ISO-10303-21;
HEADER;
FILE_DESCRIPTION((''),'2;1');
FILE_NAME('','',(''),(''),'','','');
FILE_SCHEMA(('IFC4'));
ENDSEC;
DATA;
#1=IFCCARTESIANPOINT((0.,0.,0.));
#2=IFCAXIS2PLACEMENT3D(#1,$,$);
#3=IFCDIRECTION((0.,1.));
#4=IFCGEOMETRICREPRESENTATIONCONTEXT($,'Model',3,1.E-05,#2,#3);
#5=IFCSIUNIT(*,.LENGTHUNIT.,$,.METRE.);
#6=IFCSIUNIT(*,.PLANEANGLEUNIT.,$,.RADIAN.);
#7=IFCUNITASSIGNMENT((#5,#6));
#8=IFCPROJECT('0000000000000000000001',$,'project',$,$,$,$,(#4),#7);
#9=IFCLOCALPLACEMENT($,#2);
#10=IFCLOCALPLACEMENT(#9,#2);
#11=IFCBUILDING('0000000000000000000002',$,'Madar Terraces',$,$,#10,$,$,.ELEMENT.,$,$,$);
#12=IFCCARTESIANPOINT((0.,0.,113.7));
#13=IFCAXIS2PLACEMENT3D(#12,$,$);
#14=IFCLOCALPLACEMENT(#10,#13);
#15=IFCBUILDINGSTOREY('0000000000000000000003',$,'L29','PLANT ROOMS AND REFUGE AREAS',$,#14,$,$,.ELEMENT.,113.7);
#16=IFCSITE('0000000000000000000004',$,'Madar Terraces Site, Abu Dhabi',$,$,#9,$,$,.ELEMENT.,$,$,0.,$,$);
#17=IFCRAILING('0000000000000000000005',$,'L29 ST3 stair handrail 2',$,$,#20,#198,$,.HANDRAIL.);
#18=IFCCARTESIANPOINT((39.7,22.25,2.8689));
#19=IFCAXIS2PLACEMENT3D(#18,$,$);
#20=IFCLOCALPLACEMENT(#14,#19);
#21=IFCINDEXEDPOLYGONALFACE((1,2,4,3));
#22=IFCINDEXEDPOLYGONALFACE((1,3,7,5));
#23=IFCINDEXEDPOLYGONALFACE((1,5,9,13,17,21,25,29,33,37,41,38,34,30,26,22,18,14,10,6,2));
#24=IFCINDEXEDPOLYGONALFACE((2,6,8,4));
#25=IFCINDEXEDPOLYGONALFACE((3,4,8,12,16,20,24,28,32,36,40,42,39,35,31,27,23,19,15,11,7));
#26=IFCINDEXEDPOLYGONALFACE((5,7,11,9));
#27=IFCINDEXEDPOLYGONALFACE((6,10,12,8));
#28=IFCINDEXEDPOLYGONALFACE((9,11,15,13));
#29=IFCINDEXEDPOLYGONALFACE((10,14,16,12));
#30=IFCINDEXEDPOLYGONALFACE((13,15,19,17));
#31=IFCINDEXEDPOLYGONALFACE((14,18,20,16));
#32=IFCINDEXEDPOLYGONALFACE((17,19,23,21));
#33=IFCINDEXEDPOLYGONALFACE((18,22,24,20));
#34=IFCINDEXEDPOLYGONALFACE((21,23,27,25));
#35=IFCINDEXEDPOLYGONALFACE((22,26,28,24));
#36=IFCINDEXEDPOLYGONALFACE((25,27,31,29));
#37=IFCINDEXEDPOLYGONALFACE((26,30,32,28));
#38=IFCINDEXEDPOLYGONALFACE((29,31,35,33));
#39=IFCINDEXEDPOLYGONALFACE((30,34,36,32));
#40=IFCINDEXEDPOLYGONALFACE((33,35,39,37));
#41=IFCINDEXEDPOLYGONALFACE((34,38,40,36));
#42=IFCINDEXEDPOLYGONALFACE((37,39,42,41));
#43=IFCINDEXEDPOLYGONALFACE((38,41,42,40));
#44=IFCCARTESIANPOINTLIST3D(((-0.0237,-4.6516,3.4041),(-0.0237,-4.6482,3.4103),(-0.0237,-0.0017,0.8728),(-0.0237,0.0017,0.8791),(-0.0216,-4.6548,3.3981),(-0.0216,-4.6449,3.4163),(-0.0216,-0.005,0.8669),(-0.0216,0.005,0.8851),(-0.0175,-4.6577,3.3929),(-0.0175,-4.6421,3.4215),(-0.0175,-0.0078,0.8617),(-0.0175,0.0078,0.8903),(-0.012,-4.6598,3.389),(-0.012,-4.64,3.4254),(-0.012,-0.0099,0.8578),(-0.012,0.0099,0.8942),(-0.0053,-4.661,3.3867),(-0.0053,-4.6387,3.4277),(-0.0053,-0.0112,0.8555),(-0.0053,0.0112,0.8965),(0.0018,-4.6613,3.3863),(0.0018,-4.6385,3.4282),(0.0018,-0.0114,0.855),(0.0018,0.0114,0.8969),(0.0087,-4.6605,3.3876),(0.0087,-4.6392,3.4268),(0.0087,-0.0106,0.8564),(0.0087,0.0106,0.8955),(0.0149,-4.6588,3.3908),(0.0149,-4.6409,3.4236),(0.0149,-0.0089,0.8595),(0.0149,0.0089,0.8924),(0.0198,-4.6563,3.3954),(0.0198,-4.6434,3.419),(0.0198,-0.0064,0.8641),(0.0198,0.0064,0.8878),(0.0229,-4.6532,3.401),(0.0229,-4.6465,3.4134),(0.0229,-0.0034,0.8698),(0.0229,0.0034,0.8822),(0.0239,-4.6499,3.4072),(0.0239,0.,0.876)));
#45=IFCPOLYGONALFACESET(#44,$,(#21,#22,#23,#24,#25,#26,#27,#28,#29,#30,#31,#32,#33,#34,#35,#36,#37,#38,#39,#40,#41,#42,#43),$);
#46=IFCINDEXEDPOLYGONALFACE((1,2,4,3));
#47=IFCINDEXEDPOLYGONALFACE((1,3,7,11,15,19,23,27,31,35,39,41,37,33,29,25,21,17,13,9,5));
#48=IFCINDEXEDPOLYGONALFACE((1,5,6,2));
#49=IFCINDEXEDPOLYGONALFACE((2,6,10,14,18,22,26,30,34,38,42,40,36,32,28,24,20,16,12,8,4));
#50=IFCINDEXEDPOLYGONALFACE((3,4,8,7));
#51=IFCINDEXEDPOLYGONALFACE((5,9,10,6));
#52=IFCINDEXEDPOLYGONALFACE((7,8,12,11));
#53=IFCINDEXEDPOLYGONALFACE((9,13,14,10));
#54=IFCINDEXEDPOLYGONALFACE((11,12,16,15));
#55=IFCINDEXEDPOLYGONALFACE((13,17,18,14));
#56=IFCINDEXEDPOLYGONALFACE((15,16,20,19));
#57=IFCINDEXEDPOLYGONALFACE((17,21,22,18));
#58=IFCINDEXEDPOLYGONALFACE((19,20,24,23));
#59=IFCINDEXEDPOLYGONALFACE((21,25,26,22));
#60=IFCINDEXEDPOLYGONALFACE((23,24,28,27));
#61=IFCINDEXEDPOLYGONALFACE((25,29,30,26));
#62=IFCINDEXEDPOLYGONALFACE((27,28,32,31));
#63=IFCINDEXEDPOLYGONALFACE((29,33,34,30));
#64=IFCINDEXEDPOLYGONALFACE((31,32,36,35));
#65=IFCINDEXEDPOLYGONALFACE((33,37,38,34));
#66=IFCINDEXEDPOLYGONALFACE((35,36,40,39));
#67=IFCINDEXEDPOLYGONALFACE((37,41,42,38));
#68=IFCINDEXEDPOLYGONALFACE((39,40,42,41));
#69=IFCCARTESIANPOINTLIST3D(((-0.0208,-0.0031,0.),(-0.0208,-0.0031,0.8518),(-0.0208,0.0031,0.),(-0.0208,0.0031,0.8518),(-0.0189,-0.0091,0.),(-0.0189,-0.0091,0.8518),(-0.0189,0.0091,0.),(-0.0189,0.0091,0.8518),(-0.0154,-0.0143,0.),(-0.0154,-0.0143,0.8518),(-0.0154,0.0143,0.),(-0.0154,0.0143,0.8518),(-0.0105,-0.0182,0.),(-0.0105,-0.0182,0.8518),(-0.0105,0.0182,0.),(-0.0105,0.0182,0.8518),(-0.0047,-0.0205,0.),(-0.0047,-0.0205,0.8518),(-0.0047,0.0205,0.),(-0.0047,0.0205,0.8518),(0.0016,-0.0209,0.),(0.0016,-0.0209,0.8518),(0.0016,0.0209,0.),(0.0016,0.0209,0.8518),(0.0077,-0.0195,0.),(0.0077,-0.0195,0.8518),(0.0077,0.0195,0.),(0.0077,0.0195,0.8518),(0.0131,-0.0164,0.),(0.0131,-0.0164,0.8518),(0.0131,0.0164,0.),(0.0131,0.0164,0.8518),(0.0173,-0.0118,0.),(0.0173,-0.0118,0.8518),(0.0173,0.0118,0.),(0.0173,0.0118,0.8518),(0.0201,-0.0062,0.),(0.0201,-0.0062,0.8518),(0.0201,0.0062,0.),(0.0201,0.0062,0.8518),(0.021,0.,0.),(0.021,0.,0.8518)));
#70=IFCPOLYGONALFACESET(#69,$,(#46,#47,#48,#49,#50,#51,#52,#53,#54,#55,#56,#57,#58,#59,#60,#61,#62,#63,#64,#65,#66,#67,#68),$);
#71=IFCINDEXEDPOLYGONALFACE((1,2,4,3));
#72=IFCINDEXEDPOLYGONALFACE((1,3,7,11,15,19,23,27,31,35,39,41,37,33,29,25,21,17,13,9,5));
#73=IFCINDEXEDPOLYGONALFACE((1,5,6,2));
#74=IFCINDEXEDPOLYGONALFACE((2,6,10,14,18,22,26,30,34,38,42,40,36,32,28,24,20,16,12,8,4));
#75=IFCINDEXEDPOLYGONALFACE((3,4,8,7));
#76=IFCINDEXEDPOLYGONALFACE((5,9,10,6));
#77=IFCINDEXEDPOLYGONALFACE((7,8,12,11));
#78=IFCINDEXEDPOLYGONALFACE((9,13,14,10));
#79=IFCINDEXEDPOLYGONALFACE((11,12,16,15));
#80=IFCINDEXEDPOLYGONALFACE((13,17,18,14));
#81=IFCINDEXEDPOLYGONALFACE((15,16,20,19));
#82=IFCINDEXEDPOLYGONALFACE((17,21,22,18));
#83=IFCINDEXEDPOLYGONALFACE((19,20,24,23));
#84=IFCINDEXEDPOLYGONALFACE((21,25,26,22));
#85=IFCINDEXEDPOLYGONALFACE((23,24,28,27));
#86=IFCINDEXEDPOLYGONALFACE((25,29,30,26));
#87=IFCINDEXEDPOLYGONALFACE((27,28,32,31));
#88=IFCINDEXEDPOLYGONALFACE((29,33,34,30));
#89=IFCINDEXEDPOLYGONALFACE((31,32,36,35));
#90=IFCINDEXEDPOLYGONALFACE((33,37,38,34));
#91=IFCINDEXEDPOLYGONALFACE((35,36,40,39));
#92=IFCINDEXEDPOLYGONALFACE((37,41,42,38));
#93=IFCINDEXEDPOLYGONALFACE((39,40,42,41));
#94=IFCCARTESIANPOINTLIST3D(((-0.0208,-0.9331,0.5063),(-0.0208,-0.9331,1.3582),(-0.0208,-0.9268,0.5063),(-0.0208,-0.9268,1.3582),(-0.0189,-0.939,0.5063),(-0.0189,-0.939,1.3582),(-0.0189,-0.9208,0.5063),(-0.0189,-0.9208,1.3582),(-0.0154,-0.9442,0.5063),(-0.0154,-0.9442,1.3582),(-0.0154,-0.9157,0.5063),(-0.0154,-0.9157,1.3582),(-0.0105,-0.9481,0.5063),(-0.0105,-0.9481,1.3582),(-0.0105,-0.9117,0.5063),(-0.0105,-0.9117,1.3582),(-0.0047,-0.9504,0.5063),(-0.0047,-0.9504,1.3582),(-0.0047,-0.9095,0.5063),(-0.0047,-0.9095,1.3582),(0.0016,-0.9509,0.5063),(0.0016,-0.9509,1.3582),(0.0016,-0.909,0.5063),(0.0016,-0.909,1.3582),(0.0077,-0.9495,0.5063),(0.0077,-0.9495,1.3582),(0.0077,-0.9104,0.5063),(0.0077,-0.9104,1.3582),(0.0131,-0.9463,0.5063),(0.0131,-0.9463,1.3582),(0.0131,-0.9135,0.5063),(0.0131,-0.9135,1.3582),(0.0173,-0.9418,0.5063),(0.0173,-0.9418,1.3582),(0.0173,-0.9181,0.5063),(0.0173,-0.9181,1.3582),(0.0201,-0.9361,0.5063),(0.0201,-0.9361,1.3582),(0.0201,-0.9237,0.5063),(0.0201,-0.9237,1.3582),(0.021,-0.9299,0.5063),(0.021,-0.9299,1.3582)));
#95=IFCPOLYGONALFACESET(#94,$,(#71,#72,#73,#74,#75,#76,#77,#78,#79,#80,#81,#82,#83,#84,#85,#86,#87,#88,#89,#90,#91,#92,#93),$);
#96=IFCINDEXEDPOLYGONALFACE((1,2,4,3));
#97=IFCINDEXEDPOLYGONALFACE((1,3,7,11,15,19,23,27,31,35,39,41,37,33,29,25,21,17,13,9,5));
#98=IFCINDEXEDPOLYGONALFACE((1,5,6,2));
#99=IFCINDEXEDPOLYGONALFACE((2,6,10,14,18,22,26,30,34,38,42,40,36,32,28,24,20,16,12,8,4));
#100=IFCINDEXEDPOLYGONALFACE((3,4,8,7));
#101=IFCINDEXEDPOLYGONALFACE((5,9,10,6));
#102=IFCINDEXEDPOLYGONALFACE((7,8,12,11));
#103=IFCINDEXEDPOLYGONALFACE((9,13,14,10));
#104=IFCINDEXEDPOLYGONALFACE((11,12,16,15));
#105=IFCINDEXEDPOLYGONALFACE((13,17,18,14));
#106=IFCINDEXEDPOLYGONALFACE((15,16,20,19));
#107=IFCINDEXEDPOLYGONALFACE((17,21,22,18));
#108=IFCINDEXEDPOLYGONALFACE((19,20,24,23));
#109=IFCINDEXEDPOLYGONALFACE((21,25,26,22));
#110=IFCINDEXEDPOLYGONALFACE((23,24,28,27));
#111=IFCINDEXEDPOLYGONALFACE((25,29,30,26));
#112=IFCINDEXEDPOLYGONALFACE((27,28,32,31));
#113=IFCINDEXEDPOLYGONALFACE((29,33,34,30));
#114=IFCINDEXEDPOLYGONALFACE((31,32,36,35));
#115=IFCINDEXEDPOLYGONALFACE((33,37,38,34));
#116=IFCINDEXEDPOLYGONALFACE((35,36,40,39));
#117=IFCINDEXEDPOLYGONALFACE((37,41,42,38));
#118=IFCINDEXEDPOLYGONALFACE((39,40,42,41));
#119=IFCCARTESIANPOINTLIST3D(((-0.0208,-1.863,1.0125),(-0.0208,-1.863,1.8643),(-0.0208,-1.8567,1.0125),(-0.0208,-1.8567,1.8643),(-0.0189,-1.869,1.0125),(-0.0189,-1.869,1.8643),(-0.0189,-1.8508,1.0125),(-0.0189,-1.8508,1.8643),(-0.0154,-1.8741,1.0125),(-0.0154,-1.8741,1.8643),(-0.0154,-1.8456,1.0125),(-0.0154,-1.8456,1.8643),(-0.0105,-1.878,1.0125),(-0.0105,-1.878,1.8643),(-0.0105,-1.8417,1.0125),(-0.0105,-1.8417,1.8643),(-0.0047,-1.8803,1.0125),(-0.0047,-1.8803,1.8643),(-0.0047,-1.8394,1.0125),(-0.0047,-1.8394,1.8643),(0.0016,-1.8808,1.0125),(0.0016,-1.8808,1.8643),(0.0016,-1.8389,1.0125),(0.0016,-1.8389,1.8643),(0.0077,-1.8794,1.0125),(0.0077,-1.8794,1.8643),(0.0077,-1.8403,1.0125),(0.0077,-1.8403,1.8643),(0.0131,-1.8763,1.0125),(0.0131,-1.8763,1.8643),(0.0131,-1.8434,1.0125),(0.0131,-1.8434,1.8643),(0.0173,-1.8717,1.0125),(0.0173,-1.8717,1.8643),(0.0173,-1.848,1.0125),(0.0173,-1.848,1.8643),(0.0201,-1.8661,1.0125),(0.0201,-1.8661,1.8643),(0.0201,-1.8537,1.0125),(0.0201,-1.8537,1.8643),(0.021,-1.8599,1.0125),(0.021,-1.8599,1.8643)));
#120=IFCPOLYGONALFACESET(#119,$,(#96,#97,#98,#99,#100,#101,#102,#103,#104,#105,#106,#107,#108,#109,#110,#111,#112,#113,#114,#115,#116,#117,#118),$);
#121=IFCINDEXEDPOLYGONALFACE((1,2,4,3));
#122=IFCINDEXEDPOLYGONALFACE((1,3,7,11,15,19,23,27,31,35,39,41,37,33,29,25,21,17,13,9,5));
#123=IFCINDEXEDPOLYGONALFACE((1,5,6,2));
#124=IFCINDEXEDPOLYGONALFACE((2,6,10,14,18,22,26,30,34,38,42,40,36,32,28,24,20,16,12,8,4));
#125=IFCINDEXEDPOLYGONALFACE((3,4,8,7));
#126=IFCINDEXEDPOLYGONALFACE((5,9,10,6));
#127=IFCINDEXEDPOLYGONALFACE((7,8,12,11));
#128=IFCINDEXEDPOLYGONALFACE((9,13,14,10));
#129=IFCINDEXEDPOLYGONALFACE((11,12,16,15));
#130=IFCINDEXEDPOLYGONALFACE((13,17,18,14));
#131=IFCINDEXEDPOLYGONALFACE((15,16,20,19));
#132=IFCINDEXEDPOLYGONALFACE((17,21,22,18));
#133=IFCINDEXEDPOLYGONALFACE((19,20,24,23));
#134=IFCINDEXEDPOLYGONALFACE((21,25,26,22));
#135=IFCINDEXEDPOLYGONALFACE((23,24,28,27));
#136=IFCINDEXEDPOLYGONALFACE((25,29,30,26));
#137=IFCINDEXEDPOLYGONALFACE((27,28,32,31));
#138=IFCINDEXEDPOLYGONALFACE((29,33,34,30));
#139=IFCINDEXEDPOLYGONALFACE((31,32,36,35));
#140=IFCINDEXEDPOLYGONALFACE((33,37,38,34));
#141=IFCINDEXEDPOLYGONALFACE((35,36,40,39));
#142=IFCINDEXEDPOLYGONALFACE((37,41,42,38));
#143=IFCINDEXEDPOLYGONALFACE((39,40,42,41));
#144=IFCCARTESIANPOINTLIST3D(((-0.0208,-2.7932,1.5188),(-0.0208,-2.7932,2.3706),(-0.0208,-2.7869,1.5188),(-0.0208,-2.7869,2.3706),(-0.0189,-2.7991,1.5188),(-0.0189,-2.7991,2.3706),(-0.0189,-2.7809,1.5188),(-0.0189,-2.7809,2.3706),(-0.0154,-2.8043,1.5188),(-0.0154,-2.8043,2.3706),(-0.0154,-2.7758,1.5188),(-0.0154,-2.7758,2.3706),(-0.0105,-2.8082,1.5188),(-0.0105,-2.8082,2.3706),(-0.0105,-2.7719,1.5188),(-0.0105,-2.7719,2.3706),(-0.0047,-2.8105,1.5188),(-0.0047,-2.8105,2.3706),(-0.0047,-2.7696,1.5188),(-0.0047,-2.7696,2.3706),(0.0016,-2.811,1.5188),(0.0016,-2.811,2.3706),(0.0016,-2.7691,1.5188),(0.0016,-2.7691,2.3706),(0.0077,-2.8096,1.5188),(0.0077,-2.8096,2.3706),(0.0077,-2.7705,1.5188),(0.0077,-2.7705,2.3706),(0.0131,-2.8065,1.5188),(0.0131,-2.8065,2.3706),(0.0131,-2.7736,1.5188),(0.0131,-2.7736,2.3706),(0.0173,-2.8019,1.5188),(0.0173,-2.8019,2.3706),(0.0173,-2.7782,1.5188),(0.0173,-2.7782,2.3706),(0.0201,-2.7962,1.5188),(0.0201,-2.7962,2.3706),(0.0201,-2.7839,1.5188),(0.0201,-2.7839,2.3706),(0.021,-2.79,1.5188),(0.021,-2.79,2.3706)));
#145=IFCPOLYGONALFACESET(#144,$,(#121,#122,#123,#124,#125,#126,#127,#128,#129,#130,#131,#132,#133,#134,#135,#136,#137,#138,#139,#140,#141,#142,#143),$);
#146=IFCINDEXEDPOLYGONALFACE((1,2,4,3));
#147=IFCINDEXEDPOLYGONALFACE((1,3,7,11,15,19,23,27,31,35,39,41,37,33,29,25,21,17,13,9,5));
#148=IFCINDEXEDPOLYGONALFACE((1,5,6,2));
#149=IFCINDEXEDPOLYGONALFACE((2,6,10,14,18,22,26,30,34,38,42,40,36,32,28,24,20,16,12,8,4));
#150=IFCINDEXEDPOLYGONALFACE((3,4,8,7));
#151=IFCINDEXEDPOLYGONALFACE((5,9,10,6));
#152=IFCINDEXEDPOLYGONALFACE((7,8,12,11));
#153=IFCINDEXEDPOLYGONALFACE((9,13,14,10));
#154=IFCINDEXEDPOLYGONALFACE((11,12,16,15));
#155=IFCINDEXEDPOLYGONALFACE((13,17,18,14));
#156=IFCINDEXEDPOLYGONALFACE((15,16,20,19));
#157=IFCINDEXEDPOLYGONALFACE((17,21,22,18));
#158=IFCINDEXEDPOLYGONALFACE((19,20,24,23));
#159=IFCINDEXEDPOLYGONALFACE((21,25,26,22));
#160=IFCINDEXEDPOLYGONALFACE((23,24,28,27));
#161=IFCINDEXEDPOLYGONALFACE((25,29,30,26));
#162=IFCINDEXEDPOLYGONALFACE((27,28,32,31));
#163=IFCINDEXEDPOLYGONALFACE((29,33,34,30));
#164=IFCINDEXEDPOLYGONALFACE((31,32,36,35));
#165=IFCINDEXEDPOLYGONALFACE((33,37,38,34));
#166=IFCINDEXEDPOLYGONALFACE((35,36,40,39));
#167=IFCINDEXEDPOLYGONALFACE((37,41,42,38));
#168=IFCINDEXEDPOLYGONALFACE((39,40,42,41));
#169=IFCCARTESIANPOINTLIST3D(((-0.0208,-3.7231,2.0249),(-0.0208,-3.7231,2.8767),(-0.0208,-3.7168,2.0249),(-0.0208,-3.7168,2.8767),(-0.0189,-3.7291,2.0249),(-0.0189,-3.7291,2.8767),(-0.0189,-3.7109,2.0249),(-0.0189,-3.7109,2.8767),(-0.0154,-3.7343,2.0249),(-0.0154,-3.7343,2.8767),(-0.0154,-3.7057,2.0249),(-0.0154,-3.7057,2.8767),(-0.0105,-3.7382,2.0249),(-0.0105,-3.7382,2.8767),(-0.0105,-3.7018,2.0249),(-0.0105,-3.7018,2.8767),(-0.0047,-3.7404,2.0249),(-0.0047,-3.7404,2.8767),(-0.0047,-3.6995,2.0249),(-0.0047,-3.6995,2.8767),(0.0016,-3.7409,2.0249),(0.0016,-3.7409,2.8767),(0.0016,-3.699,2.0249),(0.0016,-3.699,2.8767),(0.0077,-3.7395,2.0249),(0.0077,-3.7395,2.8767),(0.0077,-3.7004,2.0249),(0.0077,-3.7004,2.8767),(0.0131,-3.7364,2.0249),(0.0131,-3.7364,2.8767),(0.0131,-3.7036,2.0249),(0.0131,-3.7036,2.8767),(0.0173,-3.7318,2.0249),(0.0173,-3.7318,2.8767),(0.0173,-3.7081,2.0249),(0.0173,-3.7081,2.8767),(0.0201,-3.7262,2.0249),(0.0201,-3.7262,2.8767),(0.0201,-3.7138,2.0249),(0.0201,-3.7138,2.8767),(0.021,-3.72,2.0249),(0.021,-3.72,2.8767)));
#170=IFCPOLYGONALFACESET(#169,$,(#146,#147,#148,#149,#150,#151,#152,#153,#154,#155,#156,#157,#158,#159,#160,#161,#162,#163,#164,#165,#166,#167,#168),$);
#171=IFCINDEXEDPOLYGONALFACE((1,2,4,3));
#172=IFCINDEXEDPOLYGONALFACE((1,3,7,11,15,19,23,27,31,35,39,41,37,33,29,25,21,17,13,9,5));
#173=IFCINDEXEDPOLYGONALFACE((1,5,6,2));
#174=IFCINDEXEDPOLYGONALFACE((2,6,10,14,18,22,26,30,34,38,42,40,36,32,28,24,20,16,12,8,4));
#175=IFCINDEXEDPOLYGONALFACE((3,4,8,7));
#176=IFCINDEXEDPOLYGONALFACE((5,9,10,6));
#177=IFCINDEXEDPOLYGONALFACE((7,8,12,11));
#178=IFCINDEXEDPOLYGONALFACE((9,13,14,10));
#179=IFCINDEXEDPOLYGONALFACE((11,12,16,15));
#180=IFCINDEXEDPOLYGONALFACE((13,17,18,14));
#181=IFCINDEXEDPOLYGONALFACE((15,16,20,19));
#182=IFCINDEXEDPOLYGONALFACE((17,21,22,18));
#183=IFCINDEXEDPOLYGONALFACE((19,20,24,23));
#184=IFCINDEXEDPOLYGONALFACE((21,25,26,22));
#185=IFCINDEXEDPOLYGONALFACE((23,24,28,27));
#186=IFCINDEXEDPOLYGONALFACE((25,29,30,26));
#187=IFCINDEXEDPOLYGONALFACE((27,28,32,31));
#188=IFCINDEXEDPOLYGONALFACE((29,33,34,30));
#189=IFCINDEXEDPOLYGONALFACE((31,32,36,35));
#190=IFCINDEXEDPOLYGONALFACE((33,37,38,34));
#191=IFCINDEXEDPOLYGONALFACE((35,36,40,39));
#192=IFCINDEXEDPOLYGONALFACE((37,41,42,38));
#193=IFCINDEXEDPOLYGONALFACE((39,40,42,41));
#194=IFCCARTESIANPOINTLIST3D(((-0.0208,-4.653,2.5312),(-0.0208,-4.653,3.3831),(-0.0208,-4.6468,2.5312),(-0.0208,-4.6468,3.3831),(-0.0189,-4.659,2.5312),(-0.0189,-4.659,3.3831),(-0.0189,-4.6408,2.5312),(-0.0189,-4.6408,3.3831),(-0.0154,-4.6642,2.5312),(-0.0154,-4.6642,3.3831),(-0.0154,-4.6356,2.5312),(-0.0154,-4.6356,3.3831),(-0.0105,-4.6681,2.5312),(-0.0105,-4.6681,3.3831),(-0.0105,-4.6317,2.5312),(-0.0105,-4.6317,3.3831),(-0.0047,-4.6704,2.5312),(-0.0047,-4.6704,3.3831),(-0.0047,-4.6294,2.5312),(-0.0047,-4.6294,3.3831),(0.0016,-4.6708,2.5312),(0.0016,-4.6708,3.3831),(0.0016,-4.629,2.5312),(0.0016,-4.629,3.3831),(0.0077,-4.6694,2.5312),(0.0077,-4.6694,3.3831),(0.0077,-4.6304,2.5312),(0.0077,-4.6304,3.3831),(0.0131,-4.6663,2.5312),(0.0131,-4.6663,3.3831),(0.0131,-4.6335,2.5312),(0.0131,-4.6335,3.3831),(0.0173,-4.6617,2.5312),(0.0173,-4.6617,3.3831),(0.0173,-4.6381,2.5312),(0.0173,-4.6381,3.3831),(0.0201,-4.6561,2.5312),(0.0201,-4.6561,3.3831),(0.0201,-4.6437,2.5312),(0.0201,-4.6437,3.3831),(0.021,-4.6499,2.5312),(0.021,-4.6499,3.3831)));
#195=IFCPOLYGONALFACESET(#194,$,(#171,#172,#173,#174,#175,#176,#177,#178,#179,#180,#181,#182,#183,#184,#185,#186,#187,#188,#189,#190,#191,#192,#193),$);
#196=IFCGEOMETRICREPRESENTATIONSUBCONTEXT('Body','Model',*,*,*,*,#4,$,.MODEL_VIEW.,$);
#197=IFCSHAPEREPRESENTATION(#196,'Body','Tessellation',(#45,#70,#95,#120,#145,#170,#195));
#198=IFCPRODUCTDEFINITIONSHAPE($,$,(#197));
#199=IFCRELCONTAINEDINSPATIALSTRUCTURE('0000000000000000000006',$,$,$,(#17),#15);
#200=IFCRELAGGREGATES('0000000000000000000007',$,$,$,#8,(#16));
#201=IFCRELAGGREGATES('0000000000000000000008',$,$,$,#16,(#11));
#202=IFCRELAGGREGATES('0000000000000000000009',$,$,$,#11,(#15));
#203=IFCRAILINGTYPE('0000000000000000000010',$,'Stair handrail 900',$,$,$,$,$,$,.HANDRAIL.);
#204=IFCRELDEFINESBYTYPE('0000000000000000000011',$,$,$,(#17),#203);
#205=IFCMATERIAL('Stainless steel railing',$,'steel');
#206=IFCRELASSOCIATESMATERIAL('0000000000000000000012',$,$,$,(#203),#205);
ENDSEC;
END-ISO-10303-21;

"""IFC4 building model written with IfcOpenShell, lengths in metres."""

from ifc_helpers import new_model, si_unit, direction, frame, origin, origin_2d, place, context, subcontext, project, spatial, circle, extrude, material, type_object, element, save


model = new_model("IFC4")

# Units and contexts
model_context = context("Model", 3, precision=1e-05, world=origin(), true_north=direction((0.0, 1.0)))
body_context = subcontext(model_context, "Body", "Model", "MODEL_VIEW")
ifc_project = project(units=[si_unit("LENGTHUNIT", "METRE"), si_unit("PLANEANGLEUNIT", "RADIAN")], contexts=[model_context])

# Site, building, storey
site_placement = place(None, origin())
site = spatial("IfcSite", under=ifc_project, at=site_placement, Name="Madar Terraces Site, Abu Dhabi", CompositionType="ELEMENT", RefElevation=0.0)
building_placement = place(site_placement, origin())
building = spatial("IfcBuilding", under=site, at=building_placement, Name="Madar Terraces", CompositionType="ELEMENT")
storey_placement = place(building_placement, frame((0.0, 0.0, 113.7)))
storey = spatial("IfcBuildingStorey", under=building, at=storey_placement, Name="L29", Description="PLANT ROOMS AND REFUGE AREAS", CompositionType="ELEMENT", Elevation=113.7)

# Railing
ifc_material_1 = material(Name="Stainless steel railing", Category="steel")
railing_type_1 = type_object("IfcRailingType", Name="Stair handrail 900", PredefinedType="HANDRAIL", material=ifc_material_1)
railing_1_placement = place(storey_placement, frame((39.7, 22.25, 2.8689)))
element("IfcRailing", 1, at=railing_1_placement, inside=storey, type_object=railing_type_1, Name="L29 ST3 stair handrail 2", PredefinedType="HANDRAIL", context=body_context, shape_type="SweptSolid", body=[
    extrude(circle(Radius=0.0239, at=origin_2d()), frame((0.0, 0.0, 0.876), z_axis=(0.0, -0.878297, 0.478115), x_axis=(1.0, 0.0, 0.0)), (0.0, 0.0, 1.0), 5.2942),
    extrude(circle(Radius=0.021, at=origin_2d()), origin(), (0.0, 0.0, 1.0), 0.8518),
    extrude(circle(Radius=0.021, at=origin_2d()), frame((0.0, -0.9299, 0.5063)), (0.0, 0.0, 1.0), 0.8518),
    extrude(circle(Radius=0.021, at=origin_2d()), frame((0.0, -1.8599, 1.0125)), (0.0, 0.0, 1.0), 0.8518),
    extrude(circle(Radius=0.021, at=origin_2d()), frame((0.0, -2.79, 1.5188)), (0.0, 0.0, 1.0), 0.8518),
    extrude(circle(Radius=0.021, at=origin_2d()), frame((0.0, -3.72, 2.0249)), (0.0, 0.0, 1.0), 0.8518),
    extrude(circle(Radius=0.021, at=origin_2d()), frame((0.0, -4.6499, 2.5312)), (0.0, 0.0, 1.0), 0.8518),
])

save(model, "model.ifc")
